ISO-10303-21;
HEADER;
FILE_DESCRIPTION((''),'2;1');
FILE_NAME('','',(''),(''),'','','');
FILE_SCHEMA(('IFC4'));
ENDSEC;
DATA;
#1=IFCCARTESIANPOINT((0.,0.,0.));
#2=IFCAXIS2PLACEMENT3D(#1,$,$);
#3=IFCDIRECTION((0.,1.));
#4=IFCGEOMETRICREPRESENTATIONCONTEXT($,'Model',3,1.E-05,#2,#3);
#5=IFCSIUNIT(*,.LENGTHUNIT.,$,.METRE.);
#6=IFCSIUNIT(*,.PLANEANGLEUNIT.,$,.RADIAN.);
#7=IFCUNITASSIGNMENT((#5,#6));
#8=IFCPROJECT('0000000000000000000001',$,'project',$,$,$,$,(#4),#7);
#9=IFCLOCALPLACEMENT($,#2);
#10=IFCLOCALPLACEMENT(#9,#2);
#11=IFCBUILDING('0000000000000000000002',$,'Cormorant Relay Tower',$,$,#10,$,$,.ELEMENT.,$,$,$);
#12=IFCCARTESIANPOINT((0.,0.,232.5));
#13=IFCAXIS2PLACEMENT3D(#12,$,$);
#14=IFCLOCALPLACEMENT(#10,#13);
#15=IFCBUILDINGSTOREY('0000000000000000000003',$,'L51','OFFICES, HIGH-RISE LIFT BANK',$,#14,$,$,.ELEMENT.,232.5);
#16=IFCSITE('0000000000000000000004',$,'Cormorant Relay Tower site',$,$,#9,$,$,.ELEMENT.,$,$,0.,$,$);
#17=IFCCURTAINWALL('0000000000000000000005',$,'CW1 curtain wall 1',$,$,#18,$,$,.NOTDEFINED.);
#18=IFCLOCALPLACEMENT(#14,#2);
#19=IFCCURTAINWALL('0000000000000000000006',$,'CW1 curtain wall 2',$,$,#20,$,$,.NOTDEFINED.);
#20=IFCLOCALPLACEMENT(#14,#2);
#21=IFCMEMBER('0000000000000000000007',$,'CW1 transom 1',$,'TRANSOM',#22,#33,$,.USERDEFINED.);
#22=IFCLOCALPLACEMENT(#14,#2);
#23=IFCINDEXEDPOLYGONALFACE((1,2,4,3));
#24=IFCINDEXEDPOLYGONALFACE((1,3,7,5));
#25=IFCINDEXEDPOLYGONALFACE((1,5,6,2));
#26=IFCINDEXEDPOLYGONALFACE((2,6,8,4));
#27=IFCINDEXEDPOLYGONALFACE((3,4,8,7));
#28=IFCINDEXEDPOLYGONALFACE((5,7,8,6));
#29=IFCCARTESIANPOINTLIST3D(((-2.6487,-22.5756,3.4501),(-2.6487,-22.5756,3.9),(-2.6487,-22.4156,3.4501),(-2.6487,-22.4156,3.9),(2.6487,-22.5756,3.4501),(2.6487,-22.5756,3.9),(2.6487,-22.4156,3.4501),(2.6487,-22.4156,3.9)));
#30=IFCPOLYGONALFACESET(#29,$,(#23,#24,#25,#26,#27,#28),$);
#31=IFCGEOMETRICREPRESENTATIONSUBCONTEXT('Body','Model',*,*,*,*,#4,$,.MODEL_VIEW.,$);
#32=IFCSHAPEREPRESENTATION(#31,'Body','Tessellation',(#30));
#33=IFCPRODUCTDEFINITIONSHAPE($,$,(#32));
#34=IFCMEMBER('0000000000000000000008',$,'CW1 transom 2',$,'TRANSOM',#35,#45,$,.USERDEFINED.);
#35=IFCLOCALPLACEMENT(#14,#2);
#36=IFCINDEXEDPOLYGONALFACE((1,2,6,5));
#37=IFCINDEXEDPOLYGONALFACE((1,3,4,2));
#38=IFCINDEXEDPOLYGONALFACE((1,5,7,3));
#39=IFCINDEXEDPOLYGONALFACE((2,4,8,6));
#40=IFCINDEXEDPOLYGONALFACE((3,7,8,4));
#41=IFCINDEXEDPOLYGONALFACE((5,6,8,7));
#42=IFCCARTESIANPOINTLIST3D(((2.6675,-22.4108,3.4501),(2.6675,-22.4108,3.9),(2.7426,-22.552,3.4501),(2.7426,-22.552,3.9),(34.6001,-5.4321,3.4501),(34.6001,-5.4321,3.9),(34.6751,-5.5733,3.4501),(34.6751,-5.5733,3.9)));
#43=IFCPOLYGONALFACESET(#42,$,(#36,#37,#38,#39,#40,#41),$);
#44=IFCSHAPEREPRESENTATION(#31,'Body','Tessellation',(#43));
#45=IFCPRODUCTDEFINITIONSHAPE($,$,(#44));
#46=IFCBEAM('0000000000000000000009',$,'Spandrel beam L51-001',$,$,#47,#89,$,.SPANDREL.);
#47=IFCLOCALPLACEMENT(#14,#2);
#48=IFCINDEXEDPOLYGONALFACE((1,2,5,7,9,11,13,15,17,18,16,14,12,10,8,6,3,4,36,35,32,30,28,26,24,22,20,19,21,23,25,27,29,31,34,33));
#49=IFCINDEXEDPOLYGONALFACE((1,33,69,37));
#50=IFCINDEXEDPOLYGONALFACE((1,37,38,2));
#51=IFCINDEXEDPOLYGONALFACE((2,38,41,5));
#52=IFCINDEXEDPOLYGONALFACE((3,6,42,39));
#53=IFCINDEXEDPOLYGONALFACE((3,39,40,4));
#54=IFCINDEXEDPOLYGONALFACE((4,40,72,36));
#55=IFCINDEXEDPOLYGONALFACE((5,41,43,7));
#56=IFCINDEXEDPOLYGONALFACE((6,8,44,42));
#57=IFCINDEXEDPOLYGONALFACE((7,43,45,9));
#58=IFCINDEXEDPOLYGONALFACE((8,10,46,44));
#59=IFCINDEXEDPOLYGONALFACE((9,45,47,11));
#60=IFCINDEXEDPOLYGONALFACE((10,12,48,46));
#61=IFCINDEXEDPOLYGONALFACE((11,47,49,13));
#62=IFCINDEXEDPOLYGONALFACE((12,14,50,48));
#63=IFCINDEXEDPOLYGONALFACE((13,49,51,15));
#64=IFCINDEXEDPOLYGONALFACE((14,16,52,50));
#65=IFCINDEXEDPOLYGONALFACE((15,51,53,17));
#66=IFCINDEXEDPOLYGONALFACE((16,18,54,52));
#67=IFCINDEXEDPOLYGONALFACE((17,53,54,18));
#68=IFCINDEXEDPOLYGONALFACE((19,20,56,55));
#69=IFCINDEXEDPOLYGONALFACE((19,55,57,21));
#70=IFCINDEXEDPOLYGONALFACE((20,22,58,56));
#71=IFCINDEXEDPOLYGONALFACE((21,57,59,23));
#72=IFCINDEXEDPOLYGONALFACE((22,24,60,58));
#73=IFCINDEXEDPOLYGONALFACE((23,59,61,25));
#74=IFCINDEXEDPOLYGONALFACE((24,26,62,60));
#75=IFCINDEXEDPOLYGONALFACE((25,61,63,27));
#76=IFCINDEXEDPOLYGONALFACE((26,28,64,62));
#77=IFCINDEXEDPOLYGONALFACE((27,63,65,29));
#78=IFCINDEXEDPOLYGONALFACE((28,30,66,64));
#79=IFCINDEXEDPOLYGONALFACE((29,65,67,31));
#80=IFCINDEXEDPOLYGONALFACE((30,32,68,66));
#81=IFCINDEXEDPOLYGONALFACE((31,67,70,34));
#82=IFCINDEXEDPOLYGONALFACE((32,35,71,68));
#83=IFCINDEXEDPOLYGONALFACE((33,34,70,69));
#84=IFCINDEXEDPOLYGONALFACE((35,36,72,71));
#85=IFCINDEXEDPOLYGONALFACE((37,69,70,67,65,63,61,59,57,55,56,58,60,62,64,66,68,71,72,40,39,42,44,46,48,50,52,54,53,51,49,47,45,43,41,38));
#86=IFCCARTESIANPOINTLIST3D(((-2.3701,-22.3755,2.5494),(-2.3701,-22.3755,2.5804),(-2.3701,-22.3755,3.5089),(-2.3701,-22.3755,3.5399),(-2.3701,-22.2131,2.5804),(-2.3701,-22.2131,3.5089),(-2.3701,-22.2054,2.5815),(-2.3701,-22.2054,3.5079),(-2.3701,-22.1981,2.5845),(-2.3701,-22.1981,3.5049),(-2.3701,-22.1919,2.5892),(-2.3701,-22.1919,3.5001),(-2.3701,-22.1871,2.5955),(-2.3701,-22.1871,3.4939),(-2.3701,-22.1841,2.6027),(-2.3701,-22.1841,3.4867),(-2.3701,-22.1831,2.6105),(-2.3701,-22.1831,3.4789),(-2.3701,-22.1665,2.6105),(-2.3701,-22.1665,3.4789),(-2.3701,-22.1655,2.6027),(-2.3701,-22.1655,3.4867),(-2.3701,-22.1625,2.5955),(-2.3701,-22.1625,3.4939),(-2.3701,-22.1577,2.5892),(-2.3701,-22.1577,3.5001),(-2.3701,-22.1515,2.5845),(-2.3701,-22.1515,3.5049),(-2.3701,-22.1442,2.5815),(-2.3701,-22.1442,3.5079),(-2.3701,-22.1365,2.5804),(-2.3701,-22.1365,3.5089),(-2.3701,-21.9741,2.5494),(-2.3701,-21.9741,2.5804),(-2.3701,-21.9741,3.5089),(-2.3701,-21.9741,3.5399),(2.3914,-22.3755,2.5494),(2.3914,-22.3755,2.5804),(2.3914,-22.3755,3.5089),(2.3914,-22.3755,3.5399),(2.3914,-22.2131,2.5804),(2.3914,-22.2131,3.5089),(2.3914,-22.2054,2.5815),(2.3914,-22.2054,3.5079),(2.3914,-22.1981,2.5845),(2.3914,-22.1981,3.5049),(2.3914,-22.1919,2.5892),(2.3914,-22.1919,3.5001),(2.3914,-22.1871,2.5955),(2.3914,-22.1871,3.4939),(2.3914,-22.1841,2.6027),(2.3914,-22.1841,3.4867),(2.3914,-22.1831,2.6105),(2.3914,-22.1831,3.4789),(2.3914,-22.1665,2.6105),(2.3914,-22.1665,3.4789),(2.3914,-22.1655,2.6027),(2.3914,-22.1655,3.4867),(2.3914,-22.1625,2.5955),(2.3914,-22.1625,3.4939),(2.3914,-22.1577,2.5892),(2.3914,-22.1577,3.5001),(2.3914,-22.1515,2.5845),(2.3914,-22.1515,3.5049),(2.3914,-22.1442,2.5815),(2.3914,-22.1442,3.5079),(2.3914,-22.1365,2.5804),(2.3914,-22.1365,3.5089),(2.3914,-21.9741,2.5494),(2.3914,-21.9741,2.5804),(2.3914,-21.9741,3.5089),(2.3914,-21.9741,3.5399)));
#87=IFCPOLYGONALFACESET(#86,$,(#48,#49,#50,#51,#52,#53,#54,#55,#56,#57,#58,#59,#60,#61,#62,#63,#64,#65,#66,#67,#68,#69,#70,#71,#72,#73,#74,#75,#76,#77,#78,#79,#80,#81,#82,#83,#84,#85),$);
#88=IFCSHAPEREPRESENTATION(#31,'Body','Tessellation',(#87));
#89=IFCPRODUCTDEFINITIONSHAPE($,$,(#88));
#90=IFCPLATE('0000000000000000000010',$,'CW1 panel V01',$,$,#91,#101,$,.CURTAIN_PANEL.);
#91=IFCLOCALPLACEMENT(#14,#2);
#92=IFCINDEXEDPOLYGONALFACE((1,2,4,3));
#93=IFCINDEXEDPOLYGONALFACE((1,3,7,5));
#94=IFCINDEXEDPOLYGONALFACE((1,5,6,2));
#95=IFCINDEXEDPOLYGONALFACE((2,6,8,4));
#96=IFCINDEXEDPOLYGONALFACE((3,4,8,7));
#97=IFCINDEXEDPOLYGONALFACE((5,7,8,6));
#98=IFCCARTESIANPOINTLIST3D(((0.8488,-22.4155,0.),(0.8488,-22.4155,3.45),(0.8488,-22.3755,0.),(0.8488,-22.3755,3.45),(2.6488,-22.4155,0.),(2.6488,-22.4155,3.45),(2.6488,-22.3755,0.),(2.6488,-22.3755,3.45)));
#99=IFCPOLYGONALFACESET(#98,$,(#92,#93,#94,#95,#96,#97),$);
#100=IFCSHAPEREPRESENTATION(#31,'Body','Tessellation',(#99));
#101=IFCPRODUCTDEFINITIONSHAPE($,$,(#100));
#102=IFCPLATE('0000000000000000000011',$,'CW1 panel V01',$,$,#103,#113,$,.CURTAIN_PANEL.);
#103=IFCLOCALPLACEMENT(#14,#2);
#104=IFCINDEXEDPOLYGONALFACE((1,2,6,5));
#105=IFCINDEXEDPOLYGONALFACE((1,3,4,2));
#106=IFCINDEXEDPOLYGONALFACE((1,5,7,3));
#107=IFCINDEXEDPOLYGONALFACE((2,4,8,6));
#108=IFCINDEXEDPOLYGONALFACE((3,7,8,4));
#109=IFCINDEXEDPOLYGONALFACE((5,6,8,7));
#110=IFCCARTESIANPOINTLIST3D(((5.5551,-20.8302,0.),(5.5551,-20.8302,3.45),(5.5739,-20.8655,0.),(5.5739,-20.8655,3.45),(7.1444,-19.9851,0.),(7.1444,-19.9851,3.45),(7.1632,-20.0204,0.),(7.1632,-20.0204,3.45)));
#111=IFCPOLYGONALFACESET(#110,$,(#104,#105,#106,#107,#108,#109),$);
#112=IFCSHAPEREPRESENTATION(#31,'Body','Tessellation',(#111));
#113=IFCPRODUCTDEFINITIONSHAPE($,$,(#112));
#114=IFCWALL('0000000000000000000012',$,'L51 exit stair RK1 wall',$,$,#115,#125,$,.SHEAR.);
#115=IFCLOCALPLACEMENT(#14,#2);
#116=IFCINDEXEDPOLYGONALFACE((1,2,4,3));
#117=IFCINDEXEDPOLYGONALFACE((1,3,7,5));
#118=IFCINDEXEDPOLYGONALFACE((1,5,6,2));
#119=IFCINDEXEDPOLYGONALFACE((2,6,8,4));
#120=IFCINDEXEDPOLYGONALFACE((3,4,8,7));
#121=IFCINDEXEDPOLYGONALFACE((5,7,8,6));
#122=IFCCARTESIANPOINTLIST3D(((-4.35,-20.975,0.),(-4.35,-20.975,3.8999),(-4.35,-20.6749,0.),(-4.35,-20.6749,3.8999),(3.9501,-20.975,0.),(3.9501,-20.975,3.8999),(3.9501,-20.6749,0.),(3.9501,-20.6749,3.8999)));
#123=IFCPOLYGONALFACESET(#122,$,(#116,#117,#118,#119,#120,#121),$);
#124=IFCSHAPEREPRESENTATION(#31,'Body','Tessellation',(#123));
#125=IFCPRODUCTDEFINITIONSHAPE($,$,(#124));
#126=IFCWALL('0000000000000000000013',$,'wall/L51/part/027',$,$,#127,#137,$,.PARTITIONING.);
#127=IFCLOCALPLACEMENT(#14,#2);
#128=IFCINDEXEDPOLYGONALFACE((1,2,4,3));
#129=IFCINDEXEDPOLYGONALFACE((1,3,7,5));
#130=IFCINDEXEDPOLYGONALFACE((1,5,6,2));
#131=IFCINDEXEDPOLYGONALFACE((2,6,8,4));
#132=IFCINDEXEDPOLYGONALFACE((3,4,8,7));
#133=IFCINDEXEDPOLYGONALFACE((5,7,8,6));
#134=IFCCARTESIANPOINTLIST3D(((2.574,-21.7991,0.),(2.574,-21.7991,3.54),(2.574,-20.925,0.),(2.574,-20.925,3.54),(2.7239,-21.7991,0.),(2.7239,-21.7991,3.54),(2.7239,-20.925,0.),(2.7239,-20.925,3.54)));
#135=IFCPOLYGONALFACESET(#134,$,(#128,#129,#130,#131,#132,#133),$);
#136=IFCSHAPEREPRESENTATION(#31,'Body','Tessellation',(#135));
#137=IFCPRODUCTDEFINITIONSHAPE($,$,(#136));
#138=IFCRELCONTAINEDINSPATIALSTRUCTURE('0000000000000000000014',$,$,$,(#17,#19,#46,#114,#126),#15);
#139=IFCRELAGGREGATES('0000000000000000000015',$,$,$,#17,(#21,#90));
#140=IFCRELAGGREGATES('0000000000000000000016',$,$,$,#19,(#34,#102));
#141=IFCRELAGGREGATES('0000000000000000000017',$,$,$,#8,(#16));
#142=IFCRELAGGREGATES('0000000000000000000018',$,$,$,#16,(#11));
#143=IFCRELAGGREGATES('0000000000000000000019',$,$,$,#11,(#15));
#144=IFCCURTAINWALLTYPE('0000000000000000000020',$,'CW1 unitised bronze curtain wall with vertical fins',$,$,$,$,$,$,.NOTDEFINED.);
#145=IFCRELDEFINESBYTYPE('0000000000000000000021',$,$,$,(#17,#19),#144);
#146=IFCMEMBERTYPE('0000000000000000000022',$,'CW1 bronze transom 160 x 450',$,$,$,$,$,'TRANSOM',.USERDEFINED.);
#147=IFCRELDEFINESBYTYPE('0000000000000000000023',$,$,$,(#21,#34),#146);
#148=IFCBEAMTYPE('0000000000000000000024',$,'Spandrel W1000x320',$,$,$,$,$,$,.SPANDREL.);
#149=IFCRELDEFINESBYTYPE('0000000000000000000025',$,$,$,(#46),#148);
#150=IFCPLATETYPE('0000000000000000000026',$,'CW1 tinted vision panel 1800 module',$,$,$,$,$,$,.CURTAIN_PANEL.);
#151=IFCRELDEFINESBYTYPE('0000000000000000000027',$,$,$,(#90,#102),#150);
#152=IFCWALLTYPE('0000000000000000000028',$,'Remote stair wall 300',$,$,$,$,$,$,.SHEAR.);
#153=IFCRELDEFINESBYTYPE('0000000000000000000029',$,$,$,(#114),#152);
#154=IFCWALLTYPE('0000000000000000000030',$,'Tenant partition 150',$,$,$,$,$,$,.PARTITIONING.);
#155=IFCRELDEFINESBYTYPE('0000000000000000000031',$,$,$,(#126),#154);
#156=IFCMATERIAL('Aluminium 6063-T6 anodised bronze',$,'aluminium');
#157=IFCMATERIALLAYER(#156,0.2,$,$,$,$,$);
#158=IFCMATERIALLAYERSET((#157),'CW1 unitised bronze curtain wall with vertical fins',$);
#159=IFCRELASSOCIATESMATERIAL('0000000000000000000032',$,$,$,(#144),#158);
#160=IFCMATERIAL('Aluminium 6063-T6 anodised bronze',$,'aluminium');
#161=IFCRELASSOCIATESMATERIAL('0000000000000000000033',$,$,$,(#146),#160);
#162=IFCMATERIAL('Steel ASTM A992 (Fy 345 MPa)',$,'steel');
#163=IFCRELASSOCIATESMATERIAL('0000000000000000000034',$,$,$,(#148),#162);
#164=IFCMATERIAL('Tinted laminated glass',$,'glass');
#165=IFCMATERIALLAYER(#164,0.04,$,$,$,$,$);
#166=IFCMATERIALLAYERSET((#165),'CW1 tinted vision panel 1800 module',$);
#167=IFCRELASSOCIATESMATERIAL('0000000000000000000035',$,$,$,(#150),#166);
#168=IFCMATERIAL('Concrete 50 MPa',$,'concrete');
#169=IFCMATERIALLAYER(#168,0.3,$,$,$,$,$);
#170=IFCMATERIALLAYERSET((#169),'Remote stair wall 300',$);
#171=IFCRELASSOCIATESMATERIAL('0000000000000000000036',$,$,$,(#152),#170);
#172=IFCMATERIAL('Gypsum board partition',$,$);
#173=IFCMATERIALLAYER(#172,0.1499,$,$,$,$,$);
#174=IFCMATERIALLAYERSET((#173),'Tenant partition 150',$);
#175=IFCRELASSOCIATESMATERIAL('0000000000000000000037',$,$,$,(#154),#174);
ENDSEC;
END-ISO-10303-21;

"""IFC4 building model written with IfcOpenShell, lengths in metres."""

from ifc_helpers import new_model, si_unit, direction, frame, frame_2d, origin, origin_2d, place, context, subcontext, project, spatial, rectangle, i_section, extrude, material, layer, layer_set, material_profile, profile_set, type_object, element, aggregate, save


model = new_model("IFC4")

# Units and contexts
model_context = context("Model", 3, precision=1e-05, world=origin(), true_north=direction((0.0, 1.0)))
body_context = subcontext(model_context, "Body", "Model", "MODEL_VIEW")
ifc_project = project(units=[si_unit("LENGTHUNIT", "METRE"), si_unit("PLANEANGLEUNIT", "RADIAN")], contexts=[model_context])

# Site, building, storey
site_placement = place(None, origin())
site = spatial("IfcSite", under=ifc_project, at=site_placement, Name="Cormorant Relay Tower site", CompositionType="ELEMENT", RefElevation=0.0)
building_placement = place(site_placement, origin())
building = spatial("IfcBuilding", under=site, at=building_placement, Name="Cormorant Relay Tower", CompositionType="ELEMENT")
storey_placement = place(building_placement, frame((0.0, 0.0, 232.5)))
storey = spatial("IfcBuildingStorey", under=building, at=storey_placement, Name="L51", Description="OFFICES, HIGH-RISE LIFT BANK", CompositionType="ELEMENT", Elevation=232.5)

# Curtain wall
ifc_material_1 = material(Name="Aluminium 6063-T6 anodised bronze", Category="aluminium")
ifc_layer_1 = layer(ifc_material_1, 0.2)
ifc_layer_set_1 = layer_set([ifc_layer_1], Name="CW1 unitised bronze curtain wall with vertical fins")
curtain_wall_type = type_object("IfcCurtainWallType", Name="CW1 unitised bronze curtain wall with vertical fins", PredefinedType="NOTDEFINED", material=ifc_layer_set_1)
curtain_wall_1_placement = place(storey_placement, origin())
curtain_wall_1 = element("IfcCurtainWall", 1, at=curtain_wall_1_placement, inside=storey, type_object=curtain_wall_type, Name="CW1 curtain wall 1", PredefinedType="NOTDEFINED")

# Curtain wall
curtain_wall_2_placement = place(storey_placement, origin())
curtain_wall_2 = element("IfcCurtainWall", 2, at=curtain_wall_2_placement, inside=storey, type_object=curtain_wall_type, Name="CW1 curtain wall 2", PredefinedType="NOTDEFINED")

# Members
ifc_material_2 = material(Name="Aluminium 6063-T6 anodised bronze", Category="aluminium")
ifc_material_profile_1 = material_profile(ifc_material_2, rectangle(XDim=0.1599, YDim=0.45, at=origin_2d()), Name="AL 160x450")
ifc_profile_set_1 = profile_set([ifc_material_profile_1], Name="Aluminium 6063-T6 anodised bronze")
member_type_1 = type_object("IfcMemberType", Name="CW1 bronze transom 160 x 450", ElementType="TRANSOM", PredefinedType="USERDEFINED", material=ifc_profile_set_1)
member_1_placement = place(storey_placement, frame((-2.6487, -22.4956, 3.675), z_axis=(1.0, 0.0, 0.0), x_axis=(0.0, 1.0, 0.0)))
member_1 = element("IfcMember", 3, at=member_1_placement, type_object=member_type_1, Name="CW1 transom 1", ObjectType="TRANSOM", PredefinedType="USERDEFINED", context=body_context, shape_type="SweptSolid", body=[
    extrude(rectangle(XDim=0.1599, YDim=0.45, at=origin_2d()), origin(), (0.0, 0.0, 1.0), 5.2974),
])
member_2_placement = place(storey_placement, frame((2.7051, -22.4814, 3.675), z_axis=(0.882949, 0.469469, 0.0), x_axis=(-0.469469, 0.882949, 0.0)))
member_2 = element("IfcMember", 4, at=member_2_placement, type_object=member_type_1, Name="CW1 transom 2", ObjectType="TRANSOM", PredefinedType="USERDEFINED", context=body_context, shape_type="SweptSolid", body=[
    extrude(rectangle(XDim=0.1599, YDim=0.45, at=origin_2d()), origin(), (0.0, 0.0, 1.0), 36.1658),
])

# Beam
ifc_material_3 = material(Name="Steel ASTM A992 (Fy 345 MPa)", Category="steel")
ifc_material_profile_2 = material_profile(ifc_material_3, i_section(OverallWidth=0.4014, OverallDepth=0.9905, WebThickness=0.0166, FlangeThickness=0.031, FilletRadius=0.03, at=origin_2d()), Name="W1000x320")
ifc_profile_set_2 = profile_set([ifc_material_profile_2], Name="Steel ASTM A992 (Fy 345 MPa)")
beam_type = type_object("IfcBeamType", Name="Spandrel W1000x320", PredefinedType="SPANDREL", material=ifc_profile_set_2)
beam_placement = place(storey_placement, frame((-2.3701, -22.1748, 3.0447), z_axis=(1.0, 0.0, 0.0), x_axis=(0.0, 1.0, 0.0)))
element("IfcBeam", 5, at=beam_placement, inside=storey, type_object=beam_type, Name="Spandrel beam L51-001", PredefinedType="SPANDREL", context=body_context, shape_type="SweptSolid", body=[
    extrude(i_section(OverallWidth=0.4014, OverallDepth=0.9905, WebThickness=0.0166, FlangeThickness=0.031, FilletRadius=0.03, at=origin_2d()), origin(), (0.0, 0.0, 1.0), 4.7615),
])

# Plates
ifc_material_4 = material(Name="Tinted laminated glass", Category="glass")
ifc_layer_2 = layer(ifc_material_4, 0.04)
ifc_layer_set_2 = layer_set([ifc_layer_2], Name="CW1 tinted vision panel 1800 module")
plate_type = type_object("IfcPlateType", Name="CW1 tinted vision panel 1800 module", PredefinedType="CURTAIN_PANEL", material=ifc_layer_set_2)
plate_1_placement = place(storey_placement, frame((1.7488, -22.3955, 0.0), z_axis=(0.0, 0.0, 1.0), x_axis=(1.0, 0.0, 0.0)))
plate_1 = element("IfcPlate", 6, at=plate_1_placement, type_object=plate_type, Name="CW1 panel V01", PredefinedType="CURTAIN_PANEL", context=body_context, shape_type="SweptSolid", body=[
    extrude(rectangle(XDim=1.8, YDim=0.04, at=origin_2d()), origin(), (0.0, 0.0, 1.0), 3.45),
])
plate_2_placement = place(storey_placement, frame((6.3591, -20.4253, 0.0), z_axis=(0.0, 0.0, 1.0), x_axis=(0.882948, 0.469472, 0.0)))
plate_2 = element("IfcPlate", 7, at=plate_2_placement, type_object=plate_type, Name="CW1 panel V01", PredefinedType="CURTAIN_PANEL", context=body_context, shape_type="SweptSolid", body=[
    extrude(rectangle(XDim=1.8, YDim=0.04, at=origin_2d()), origin(), (0.0, 0.0, 1.0), 3.45),
])

# Walls
ifc_material_5 = material(Name="Concrete 50 MPa", Category="concrete")
ifc_layer_3 = layer(ifc_material_5, 0.3)
ifc_layer_set_3 = layer_set([ifc_layer_3], Name="Remote stair wall 300")
wall_type_1 = type_object("IfcWallType", Name="Remote stair wall 300", PredefinedType="SHEAR", material=ifc_layer_set_3)
wall_1_placement = place(storey_placement, frame((3.95, -20.825, 0.0), z_axis=(0.0, 0.0, 1.0), x_axis=(-1.0, 0.0, 0.0)))
element("IfcWall", 8, at=wall_1_placement, inside=storey, type_object=wall_type_1, Name="L51 exit stair RK1 wall", PredefinedType="SHEAR", context=body_context, shape_type="SweptSolid", body=[
    extrude(rectangle(XDim=8.3, YDim=0.3, at=frame_2d((4.1499, 0.0))), origin(), (0.0, 0.0, 1.0), 3.8999),
])
ifc_material_6 = material(Name="Gypsum board partition")
ifc_layer_4 = layer(ifc_material_6, 0.1499)
ifc_layer_set_4 = layer_set([ifc_layer_4], Name="Tenant partition 150")
wall_type_2 = type_object("IfcWallType", Name="Tenant partition 150", PredefinedType="PARTITIONING", material=ifc_layer_set_4)
wall_2_placement = place(storey_placement, frame((2.6489, -21.7991, 0.0), z_axis=(0.0, 0.0, 1.0), x_axis=(0.0, 1.0, 0.0)))
element("IfcWall", 9, at=wall_2_placement, inside=storey, type_object=wall_type_2, Name="wall/L51/part/027", PredefinedType="PARTITIONING", context=body_context, shape_type="SweptSolid", body=[
    extrude(rectangle(XDim=0.874, YDim=0.1499, at=frame_2d((0.437, 0.0))), origin(), (0.0, 0.0, 1.0), 3.54),
])

aggregate(curtain_wall_1, [member_1, plate_1])
aggregate(curtain_wall_2, [member_2, plate_2])

save(model, "model.ifc")
